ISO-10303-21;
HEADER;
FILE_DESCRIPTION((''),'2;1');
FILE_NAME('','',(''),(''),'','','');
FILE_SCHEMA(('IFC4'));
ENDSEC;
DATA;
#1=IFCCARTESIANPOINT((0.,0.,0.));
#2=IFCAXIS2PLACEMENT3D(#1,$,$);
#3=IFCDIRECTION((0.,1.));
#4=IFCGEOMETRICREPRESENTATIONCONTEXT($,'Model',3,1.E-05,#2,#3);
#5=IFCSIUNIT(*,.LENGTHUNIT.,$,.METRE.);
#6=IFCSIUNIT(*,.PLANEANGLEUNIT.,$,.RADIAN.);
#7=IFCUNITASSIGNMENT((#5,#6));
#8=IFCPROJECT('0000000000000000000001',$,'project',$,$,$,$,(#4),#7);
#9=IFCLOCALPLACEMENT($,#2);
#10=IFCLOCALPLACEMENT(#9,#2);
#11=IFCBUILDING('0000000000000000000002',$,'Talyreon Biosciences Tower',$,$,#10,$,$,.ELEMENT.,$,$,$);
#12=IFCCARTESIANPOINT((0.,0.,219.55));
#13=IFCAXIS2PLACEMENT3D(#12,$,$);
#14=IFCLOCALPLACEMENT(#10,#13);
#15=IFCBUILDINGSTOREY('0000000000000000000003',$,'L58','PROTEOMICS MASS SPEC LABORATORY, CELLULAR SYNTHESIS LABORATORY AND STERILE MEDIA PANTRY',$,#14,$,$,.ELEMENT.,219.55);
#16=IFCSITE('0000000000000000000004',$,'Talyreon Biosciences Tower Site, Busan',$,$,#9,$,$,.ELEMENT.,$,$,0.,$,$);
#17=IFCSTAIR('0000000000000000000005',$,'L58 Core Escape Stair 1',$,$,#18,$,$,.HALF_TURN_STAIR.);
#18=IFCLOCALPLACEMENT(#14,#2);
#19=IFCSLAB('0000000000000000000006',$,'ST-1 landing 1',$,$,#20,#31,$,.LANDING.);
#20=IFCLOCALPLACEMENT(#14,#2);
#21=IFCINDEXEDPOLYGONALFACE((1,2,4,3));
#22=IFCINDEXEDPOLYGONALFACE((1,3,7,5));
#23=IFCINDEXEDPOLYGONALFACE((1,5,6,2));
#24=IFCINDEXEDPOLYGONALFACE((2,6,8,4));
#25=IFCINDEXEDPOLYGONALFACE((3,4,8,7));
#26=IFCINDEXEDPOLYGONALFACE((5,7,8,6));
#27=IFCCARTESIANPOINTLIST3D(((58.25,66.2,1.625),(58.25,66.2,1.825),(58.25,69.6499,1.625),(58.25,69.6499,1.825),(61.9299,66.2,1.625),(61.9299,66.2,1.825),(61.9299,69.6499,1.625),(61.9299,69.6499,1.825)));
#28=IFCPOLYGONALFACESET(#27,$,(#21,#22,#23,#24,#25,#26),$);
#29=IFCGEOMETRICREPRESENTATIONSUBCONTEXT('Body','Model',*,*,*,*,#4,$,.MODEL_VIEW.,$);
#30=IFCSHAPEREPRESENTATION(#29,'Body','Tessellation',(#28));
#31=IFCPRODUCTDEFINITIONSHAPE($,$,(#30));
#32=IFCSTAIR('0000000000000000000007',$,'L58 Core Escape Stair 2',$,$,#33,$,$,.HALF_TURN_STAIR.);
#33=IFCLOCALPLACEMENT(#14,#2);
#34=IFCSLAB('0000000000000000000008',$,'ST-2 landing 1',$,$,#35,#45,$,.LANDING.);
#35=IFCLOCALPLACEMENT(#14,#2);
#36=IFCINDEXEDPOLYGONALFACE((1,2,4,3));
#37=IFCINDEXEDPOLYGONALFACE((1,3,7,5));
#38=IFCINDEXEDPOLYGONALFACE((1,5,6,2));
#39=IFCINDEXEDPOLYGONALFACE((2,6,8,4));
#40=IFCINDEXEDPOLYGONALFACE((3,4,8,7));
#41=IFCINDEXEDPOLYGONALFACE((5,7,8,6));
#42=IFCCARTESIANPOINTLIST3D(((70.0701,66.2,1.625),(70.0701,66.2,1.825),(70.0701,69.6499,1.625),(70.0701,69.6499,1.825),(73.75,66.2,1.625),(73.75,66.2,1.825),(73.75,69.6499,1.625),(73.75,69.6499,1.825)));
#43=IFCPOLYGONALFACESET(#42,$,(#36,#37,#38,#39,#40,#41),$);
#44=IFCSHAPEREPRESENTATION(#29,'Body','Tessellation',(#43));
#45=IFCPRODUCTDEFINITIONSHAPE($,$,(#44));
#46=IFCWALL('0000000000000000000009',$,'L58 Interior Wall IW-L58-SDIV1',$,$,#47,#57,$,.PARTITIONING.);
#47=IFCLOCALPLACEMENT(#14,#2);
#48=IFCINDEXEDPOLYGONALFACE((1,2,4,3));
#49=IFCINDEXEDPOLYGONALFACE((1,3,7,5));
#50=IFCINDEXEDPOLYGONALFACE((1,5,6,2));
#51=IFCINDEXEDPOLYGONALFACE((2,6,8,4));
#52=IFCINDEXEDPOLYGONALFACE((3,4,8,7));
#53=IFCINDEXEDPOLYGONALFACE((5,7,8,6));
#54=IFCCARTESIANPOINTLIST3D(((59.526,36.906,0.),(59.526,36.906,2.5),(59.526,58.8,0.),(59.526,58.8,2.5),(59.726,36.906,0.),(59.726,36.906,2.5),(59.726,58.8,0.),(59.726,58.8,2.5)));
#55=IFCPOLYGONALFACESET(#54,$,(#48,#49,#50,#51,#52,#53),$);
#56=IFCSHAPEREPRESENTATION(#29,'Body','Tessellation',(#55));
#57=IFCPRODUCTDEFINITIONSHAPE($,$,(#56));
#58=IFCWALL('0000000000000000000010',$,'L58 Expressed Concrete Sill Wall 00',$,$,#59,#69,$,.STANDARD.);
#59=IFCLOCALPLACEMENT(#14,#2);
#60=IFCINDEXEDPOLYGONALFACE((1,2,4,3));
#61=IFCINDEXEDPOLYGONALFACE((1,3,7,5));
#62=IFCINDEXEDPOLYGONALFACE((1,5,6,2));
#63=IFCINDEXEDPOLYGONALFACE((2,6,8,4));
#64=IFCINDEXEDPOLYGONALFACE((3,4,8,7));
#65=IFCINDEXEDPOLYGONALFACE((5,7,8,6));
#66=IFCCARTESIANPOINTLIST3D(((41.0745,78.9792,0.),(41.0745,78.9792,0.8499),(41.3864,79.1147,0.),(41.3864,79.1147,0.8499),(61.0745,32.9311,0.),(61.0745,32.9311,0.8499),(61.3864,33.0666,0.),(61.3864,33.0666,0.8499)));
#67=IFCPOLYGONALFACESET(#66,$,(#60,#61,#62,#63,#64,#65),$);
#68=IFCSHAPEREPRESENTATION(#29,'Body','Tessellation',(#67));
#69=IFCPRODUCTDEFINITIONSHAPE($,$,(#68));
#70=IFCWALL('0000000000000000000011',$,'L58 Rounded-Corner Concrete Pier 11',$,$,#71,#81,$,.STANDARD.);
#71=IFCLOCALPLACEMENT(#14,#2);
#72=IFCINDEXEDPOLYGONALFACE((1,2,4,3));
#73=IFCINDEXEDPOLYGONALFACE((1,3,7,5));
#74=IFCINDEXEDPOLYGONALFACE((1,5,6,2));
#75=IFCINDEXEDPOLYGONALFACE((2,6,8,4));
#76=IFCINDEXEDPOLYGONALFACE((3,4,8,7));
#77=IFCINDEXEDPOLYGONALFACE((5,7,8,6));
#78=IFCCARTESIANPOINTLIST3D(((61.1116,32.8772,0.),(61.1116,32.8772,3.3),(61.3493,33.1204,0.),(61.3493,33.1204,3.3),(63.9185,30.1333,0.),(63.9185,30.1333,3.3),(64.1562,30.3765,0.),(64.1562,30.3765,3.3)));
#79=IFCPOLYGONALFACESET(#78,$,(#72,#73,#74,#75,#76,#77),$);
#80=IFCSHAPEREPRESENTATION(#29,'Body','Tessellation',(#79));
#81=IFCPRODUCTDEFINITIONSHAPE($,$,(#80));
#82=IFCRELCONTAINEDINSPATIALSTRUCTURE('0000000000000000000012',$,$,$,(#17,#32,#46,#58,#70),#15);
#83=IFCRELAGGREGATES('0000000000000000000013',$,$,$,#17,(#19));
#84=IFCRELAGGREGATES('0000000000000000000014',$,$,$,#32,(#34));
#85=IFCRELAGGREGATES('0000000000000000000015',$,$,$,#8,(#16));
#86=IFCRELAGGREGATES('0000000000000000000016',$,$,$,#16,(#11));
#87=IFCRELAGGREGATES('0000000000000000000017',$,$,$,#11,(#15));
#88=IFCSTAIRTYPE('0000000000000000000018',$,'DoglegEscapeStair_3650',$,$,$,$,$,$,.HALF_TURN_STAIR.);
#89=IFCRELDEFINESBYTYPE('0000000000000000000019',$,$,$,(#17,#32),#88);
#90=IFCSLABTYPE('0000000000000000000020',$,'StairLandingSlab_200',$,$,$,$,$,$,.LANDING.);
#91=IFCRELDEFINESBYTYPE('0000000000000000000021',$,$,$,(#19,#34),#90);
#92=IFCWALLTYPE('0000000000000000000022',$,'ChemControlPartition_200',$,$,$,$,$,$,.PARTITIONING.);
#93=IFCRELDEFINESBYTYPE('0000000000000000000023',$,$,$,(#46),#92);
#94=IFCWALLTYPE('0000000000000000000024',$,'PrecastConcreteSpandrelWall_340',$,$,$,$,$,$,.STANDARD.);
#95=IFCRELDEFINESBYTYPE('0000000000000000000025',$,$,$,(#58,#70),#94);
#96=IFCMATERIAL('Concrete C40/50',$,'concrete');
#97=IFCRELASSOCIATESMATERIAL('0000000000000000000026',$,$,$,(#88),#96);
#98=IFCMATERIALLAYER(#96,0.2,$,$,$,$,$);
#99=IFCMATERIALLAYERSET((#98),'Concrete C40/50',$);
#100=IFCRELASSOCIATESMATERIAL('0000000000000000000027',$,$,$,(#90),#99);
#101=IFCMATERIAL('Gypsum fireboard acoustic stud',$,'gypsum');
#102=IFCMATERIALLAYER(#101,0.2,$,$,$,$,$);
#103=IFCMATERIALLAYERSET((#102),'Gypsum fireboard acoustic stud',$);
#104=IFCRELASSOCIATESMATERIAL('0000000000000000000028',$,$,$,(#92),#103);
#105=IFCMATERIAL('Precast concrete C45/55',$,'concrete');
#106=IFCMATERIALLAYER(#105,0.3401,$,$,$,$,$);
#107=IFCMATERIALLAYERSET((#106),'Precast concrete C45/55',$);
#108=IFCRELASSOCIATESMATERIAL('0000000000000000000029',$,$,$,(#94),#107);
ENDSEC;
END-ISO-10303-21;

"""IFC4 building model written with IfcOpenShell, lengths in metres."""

from ifc_helpers import new_model, si_unit, direction, frame, frame_2d, origin, place, context, subcontext, project, spatial, polyline, rectangle, outline, extrude, material, layer, layer_set, type_object, element, aggregate, save


model = new_model("IFC4")

# Units and contexts
model_context = context("Model", 3, precision=1e-05, world=origin(), true_north=direction((0.0, 1.0)))
body_context = subcontext(model_context, "Body", "Model", "MODEL_VIEW")
ifc_project = project(units=[si_unit("LENGTHUNIT", "METRE"), si_unit("PLANEANGLEUNIT", "RADIAN")], contexts=[model_context])

# Site, building, storey
site_placement = place(None, origin())
site = spatial("IfcSite", under=ifc_project, at=site_placement, Name="Talyreon Biosciences Tower Site, Busan", CompositionType="ELEMENT", RefElevation=0.0)
building_placement = place(site_placement, origin())
building = spatial("IfcBuilding", under=site, at=building_placement, Name="Talyreon Biosciences Tower", CompositionType="ELEMENT")
storey_placement = place(building_placement, frame((0.0, 0.0, 219.55)))
storey = spatial("IfcBuildingStorey", under=building, at=storey_placement, Name="L58", Description="PROTEOMICS MASS SPEC LABORATORY, CELLULAR SYNTHESIS LABORATORY AND STERILE MEDIA PANTRY", CompositionType="ELEMENT", Elevation=219.55)

# Shared definitions
ifc_material_1 = material(Name="Precast concrete C45/55", Category="concrete")

# Shared definitions
ifc_material_2 = material(Name="Concrete C40/50", Category="concrete")

# Stairs, slabs
stair_type = type_object("IfcStairType", Name="DoglegEscapeStair_3650", PredefinedType="HALF_TURN_STAIR", material=ifc_material_2)
stair_1_placement = place(storey_placement, origin())
stair_1 = element("IfcStair", 1, at=stair_1_placement, inside=storey, type_object=stair_type, Name="L58 Core Escape Stair 1", PredefinedType="HALF_TURN_STAIR")
ifc_layer_1 = layer(ifc_material_2, 0.2)
ifc_layer_set_1 = layer_set([ifc_layer_1], Name="Concrete C40/50")
slab_type_1 = type_object("IfcSlabType", Name="StairLandingSlab_200", PredefinedType="LANDING", material=ifc_layer_set_1)
slab_1_placement = place(storey_placement, frame((0.0, 0.0, 1.625)))
slab_1 = element("IfcSlab", 2, at=slab_1_placement, type_object=slab_type_1, Name="ST-1 landing 1", PredefinedType="LANDING", context=body_context, shape_type="SweptSolid", body=[
    extrude(outline(polyline([(61.9299, 66.2), (61.9299, 69.6499), (58.25, 69.6499), (58.25, 66.2), (61.9299, 66.2)])), origin(), (0.0, 0.0, 1.0), 0.2),
])
aggregate(stair_1, [slab_1])
stair_2_placement = place(storey_placement, origin())
stair_2 = element("IfcStair", 3, at=stair_2_placement, inside=storey, type_object=stair_type, Name="L58 Core Escape Stair 2", PredefinedType="HALF_TURN_STAIR")
slab_2_placement = place(storey_placement, frame((0.0, 0.0, 1.625)))
slab_2 = element("IfcSlab", 4, at=slab_2_placement, type_object=slab_type_1, Name="ST-2 landing 1", PredefinedType="LANDING", context=body_context, shape_type="SweptSolid", body=[
    extrude(outline(polyline([(73.75, 66.2), (73.75, 69.6499), (70.0701, 69.6499), (70.0701, 66.2), (73.75, 66.2)])), origin(), (0.0, 0.0, 1.0), 0.2),
])
aggregate(stair_2, [slab_2])

# Walls
ifc_material_3 = material(Name="Gypsum fireboard acoustic stud", Category="gypsum")
ifc_layer_2 = layer(ifc_material_3, 0.2)
ifc_layer_set_2 = layer_set([ifc_layer_2], Name="Gypsum fireboard acoustic stud")
wall_type_1 = type_object("IfcWallType", Name="ChemControlPartition_200", PredefinedType="PARTITIONING", material=ifc_layer_set_2)
wall_1_placement = place(storey_placement, frame((59.626, 36.906, 0.0), z_axis=(0.0, 0.0, 1.0), x_axis=(0.0, 1.0, 0.0)))
element("IfcWall", 5, at=wall_1_placement, inside=storey, type_object=wall_type_1, Name="L58 Interior Wall IW-L58-SDIV1", PredefinedType="PARTITIONING", context=body_context, shape_type="SweptSolid", body=[
    extrude(rectangle(XDim=21.894, YDim=0.2, at=frame_2d((10.947, 0.0))), origin(), (0.0, 0.0, 1.0), 2.5),
])
ifc_layer_3 = layer(ifc_material_1, 0.3401)
ifc_layer_set_3 = layer_set([ifc_layer_3], Name="Precast concrete C45/55")
wall_type_2 = type_object("IfcWallType", Name="PrecastConcreteSpandrelWall_340", PredefinedType="STANDARD", material=ifc_layer_set_3)
wall_2_placement = place(storey_placement, frame((61.2305, 32.9988, 0.0), z_axis=(0.0, 0.0, 1.0), x_axis=(-0.398376, 0.917222, 0.0)))
element("IfcWall", 6, at=wall_2_placement, inside=storey, type_object=wall_type_2, Name="L58 Expressed Concrete Sill Wall 00", PredefinedType="STANDARD", context=body_context, shape_type="SweptSolid", body=[
    extrude(rectangle(XDim=50.2039, YDim=0.3401, at=frame_2d((25.1021, 0.0))), origin(), (0.0, 0.0, 1.0), 0.8499),
])
wall_3_placement = place(storey_placement, frame((64.0374, 30.2549, 0.0), z_axis=(0.0, 0.0, 1.0), x_axis=(-0.715085, 0.699038, 0.0)))
element("IfcWall", 7, at=wall_3_placement, inside=storey, type_object=wall_type_2, Name="L58 Rounded-Corner Concrete Pier 11", PredefinedType="STANDARD", context=body_context, shape_type="SweptSolid", body=[
    extrude(rectangle(XDim=3.9253, YDim=0.3401, at=frame_2d((1.9626, 0.0))), origin(), (0.0, 0.0, 1.0), 3.3),
])

save(model, "model.ifc")
